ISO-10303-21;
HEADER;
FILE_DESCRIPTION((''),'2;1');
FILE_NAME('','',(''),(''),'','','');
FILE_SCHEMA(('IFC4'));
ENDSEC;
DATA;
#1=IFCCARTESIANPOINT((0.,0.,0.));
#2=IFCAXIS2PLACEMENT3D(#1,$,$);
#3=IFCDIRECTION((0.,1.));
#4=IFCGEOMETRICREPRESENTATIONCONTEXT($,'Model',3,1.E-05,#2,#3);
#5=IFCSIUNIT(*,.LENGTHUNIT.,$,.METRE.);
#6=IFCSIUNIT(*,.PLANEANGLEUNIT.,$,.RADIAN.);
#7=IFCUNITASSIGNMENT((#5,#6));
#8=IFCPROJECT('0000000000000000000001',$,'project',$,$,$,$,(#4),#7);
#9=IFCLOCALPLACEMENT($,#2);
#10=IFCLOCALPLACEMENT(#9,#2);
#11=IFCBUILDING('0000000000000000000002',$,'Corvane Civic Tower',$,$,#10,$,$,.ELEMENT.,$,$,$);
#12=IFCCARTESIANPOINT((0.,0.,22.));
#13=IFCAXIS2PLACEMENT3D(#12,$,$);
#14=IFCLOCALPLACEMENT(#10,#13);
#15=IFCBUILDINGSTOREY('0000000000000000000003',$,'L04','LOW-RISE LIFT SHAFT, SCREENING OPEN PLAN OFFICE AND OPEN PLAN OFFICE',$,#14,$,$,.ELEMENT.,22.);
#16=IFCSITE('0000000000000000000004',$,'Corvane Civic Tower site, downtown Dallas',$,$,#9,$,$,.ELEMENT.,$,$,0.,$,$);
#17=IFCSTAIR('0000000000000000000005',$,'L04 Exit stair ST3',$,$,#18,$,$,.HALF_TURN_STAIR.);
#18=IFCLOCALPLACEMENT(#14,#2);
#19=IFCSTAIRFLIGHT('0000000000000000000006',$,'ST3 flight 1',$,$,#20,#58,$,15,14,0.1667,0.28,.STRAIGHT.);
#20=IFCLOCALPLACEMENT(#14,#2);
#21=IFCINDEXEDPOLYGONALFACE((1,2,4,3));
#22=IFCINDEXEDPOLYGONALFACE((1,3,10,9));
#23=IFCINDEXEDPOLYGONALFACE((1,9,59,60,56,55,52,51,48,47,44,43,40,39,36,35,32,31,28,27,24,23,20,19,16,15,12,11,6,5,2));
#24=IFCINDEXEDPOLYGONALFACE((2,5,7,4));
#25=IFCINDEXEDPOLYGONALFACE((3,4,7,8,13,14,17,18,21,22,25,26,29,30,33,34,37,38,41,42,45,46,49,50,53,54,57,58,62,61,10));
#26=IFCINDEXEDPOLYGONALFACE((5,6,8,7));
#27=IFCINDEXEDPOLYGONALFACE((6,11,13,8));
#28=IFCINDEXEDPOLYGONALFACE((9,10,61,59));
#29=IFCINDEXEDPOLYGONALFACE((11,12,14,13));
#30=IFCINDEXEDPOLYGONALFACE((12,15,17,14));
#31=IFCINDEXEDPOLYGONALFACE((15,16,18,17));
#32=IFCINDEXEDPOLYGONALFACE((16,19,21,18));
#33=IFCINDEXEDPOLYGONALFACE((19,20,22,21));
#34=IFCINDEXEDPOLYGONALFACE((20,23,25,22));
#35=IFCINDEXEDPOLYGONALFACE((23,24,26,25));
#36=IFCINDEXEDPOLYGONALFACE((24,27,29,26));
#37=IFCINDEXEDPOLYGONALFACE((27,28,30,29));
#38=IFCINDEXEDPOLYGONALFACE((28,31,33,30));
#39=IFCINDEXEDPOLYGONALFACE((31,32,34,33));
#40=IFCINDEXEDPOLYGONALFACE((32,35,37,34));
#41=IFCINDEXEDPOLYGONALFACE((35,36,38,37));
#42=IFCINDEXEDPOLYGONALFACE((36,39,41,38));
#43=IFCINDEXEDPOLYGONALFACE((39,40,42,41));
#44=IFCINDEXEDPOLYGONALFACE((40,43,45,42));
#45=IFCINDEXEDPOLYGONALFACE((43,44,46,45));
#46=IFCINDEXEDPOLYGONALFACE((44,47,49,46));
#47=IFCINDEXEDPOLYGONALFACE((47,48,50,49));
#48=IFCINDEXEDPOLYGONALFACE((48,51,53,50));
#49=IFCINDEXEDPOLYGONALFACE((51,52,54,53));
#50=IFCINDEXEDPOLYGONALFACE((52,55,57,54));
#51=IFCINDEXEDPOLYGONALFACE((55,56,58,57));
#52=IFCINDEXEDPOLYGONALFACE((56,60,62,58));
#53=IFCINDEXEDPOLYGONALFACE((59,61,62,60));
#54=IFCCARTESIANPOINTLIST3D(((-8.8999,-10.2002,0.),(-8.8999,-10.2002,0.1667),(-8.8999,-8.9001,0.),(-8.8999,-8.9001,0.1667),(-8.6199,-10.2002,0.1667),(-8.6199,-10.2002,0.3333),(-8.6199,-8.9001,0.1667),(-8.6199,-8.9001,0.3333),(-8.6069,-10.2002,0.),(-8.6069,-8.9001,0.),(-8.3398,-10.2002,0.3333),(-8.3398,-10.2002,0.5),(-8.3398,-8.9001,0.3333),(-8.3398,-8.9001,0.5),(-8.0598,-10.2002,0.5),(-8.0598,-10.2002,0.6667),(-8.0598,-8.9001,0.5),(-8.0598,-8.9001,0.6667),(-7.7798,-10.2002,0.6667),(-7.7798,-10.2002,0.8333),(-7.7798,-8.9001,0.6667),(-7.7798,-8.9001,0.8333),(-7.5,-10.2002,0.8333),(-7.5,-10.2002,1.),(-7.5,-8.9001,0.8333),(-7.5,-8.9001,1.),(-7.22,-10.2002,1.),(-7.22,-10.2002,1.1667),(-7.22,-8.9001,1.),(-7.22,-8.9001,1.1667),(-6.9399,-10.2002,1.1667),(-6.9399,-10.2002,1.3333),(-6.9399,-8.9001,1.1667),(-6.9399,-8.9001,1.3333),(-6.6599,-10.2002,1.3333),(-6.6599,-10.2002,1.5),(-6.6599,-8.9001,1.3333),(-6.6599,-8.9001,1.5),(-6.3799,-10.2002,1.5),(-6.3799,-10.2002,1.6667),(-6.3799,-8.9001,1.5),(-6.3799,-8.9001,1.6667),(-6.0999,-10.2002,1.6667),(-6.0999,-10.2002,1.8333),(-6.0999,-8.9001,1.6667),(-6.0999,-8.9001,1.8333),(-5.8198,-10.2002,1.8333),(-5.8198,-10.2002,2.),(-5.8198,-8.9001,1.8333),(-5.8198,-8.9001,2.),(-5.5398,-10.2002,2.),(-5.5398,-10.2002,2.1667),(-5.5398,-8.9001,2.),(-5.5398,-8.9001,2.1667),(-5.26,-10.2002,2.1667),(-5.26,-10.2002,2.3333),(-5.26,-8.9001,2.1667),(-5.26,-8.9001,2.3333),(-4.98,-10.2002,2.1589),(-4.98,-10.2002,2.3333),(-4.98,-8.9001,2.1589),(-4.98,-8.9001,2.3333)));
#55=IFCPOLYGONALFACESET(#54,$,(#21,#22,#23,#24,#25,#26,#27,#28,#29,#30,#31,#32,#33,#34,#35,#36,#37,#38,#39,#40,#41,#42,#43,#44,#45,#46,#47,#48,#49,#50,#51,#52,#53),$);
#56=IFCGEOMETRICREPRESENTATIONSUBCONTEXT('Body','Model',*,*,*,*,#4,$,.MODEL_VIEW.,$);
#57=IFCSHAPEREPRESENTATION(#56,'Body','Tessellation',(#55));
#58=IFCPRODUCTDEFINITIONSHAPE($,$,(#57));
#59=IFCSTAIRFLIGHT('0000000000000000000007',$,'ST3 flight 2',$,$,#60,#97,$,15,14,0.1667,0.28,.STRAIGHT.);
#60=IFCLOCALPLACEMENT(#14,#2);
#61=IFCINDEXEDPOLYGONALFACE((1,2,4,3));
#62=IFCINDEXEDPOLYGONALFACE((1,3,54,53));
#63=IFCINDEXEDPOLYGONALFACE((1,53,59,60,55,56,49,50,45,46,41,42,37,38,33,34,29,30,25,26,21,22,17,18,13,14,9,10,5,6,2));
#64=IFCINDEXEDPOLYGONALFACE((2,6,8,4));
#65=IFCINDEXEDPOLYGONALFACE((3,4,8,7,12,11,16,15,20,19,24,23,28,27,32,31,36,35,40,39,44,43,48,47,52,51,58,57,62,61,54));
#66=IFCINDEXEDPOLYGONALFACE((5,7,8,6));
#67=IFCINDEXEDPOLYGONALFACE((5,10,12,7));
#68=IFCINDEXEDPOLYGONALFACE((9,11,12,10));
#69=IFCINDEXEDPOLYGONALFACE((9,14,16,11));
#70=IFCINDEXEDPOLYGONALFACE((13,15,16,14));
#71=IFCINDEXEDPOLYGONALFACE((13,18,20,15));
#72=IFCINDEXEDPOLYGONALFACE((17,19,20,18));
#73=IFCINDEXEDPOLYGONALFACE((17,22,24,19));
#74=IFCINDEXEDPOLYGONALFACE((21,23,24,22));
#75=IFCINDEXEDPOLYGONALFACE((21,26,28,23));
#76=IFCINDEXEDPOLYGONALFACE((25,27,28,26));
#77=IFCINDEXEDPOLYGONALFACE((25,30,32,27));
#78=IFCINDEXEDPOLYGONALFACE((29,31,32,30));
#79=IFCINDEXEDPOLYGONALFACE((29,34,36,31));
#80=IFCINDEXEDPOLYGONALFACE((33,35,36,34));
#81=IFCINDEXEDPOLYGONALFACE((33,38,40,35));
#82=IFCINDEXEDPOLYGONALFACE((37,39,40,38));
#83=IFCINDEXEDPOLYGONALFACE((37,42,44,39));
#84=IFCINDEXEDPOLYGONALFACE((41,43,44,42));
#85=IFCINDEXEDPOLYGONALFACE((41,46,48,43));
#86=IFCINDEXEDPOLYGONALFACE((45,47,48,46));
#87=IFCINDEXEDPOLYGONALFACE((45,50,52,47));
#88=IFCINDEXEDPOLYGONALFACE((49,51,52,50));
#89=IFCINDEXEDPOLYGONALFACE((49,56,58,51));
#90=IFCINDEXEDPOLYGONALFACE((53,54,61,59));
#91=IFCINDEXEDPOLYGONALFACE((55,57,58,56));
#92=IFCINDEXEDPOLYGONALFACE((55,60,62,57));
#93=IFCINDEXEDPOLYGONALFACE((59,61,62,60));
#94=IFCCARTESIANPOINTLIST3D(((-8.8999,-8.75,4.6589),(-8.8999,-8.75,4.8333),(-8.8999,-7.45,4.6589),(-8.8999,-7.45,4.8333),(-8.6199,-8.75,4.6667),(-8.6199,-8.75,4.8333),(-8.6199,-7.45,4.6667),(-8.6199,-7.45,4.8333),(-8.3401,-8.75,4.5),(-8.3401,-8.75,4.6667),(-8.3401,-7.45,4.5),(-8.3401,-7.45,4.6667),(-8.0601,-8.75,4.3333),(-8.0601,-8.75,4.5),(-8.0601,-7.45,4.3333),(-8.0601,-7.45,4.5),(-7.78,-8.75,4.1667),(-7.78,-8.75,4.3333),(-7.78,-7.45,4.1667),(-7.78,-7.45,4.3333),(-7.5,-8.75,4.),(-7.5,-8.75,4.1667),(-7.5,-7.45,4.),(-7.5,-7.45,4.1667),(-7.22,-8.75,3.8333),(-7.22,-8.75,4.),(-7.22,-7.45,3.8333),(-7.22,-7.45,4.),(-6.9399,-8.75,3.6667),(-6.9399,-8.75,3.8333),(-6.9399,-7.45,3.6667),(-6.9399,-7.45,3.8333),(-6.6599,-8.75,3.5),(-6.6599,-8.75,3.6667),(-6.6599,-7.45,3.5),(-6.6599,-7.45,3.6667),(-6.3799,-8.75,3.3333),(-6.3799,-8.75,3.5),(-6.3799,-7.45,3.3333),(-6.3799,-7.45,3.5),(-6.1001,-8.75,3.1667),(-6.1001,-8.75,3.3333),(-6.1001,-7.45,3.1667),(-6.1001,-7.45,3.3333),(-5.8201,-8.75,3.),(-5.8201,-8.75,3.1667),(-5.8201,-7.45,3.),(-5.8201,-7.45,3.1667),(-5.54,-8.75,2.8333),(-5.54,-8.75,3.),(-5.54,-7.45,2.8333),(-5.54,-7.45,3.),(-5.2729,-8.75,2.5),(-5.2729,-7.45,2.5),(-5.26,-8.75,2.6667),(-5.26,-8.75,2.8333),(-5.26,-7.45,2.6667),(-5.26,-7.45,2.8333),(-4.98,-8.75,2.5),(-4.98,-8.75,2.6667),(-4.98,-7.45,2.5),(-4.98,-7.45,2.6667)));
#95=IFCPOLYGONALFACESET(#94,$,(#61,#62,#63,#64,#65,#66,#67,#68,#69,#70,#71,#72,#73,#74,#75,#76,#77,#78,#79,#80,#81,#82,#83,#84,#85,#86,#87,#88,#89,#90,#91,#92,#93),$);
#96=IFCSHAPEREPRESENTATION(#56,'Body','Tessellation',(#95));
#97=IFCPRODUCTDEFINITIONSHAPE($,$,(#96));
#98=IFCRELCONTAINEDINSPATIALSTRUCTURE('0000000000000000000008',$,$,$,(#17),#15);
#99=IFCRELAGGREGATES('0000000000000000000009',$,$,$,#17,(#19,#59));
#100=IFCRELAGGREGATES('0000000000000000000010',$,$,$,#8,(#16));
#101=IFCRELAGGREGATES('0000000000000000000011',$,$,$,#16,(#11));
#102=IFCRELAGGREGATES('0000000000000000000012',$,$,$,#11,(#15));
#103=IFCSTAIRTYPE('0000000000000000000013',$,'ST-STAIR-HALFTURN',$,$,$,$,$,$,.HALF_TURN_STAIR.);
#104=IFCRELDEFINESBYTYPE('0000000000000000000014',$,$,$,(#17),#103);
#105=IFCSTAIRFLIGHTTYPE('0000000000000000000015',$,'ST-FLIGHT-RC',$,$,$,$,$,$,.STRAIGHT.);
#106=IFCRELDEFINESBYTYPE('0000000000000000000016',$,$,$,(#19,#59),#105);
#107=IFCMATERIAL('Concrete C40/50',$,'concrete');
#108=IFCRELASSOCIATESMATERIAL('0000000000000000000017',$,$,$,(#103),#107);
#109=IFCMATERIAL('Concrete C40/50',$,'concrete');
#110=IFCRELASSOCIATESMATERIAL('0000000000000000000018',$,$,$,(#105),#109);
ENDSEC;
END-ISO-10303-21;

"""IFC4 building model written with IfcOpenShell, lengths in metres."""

from ifc_helpers import new_model, si_unit, direction, frame, origin, place, context, subcontext, project, spatial, polyline, outline, extrude, material, type_object, element, aggregate, save


model = new_model("IFC4")

# Units and contexts
model_context = context("Model", 3, precision=1e-05, world=origin(), true_north=direction((0.0, 1.0)))
body_context = subcontext(model_context, "Body", "Model", "MODEL_VIEW")
ifc_project = project(units=[si_unit("LENGTHUNIT", "METRE"), si_unit("PLANEANGLEUNIT", "RADIAN")], contexts=[model_context])

# Site, building, storey
site_placement = place(None, origin())
site = spatial("IfcSite", under=ifc_project, at=site_placement, Name="Corvane Civic Tower site, downtown Dallas", CompositionType="ELEMENT", RefElevation=0.0)
building_placement = place(site_placement, origin())
building = spatial("IfcBuilding", under=site, at=building_placement, Name="Corvane Civic Tower", CompositionType="ELEMENT")
storey_placement = place(building_placement, frame((0.0, 0.0, 22.0)))
storey = spatial("IfcBuildingStorey", under=building, at=storey_placement, Name="L04", Description="LOW-RISE LIFT SHAFT, SCREENING OPEN PLAN OFFICE AND OPEN PLAN OFFICE", CompositionType="ELEMENT", Elevation=22.0)

# Stair, stair flights
ifc_material_1 = material(Name="Concrete C40/50", Category="concrete")
stair_type = type_object("IfcStairType", Name="ST-STAIR-HALFTURN", PredefinedType="HALF_TURN_STAIR", material=ifc_material_1)
stair_placement = place(storey_placement, origin())
stair = element("IfcStair", 1, at=stair_placement, inside=storey, type_object=stair_type, Name="L04 Exit stair ST3", PredefinedType="HALF_TURN_STAIR")
ifc_material_2 = material(Name="Concrete C40/50", Category="concrete")
stair_flight_type = type_object("IfcStairFlightType", Name="ST-FLIGHT-RC", PredefinedType="STRAIGHT", material=ifc_material_2)
stair_flight_1_placement = place(storey_placement, frame((-8.8999, -9.55, 0.0), z_axis=(0.0, 0.0, 1.0), x_axis=(1.0, 0.0, 0.0)))
stair_flight_1 = element("IfcStairFlight", 2, at=stair_flight_1_placement, type_object=stair_flight_type, Name="ST3 flight 1", NumberOfRisers=15, NumberOfTreads=14, PredefinedType="STRAIGHT", RiserHeight=0.1667, TreadLength=0.28, context=body_context, shape_type="SweptSolid", body=[
    extrude(outline(polyline([(0.0, 0.0), (0.0, 0.1667), (0.28, 0.1667), (0.28, 0.3333), (0.5601, 0.3333), (0.5601, 0.5), (0.8401, 0.5), (0.8401, 0.6667), (1.1201, 0.6667), (1.1201, 0.8333), (1.3999, 0.8333), (1.3999, 1.0), (1.6799, 1.0), (1.6799, 1.1667), (1.96, 1.1667), (1.96, 1.3333), (2.24, 1.3333), (2.24, 1.5), (2.52, 1.5), (2.52, 1.6667), (2.8, 1.6667), (2.8, 1.8333), (3.0801, 1.8333), (3.0801, 2.0), (3.3601, 2.0), (3.3601, 2.1667), (3.6399, 2.1667), (3.6399, 2.3333), (3.9199, 2.3333), (3.9199, 2.5), (3.9199, 2.1589), (0.293, 0.0), (0.0, 0.0)])), frame((0.0, 0.6499, 0.0), z_axis=(0.0, -1.0, 0.0), x_axis=(1.0, 0.0, 0.0)), (0.0, 0.0, 1.0), 1.3),
])
stair_flight_2_placement = place(storey_placement, frame((-4.98, -8.1001, 2.5), z_axis=(0.0, 0.0, 1.0), x_axis=(-1.0, 0.0, 0.0)))
stair_flight_2 = element("IfcStairFlight", 3, at=stair_flight_2_placement, type_object=stair_flight_type, Name="ST3 flight 2", NumberOfRisers=15, NumberOfTreads=14, PredefinedType="STRAIGHT", RiserHeight=0.1667, TreadLength=0.28, context=body_context, shape_type="SweptSolid", body=[
    extrude(outline(polyline([(0.0, 0.0), (0.0, 0.1667), (0.28, 0.1667), (0.28, 0.3333), (0.5601, 0.3333), (0.5601, 0.5), (0.8401, 0.5), (0.8401, 0.6667), (1.1201, 0.6667), (1.1201, 0.8333), (1.3999, 0.8333), (1.3999, 1.0), (1.6799, 1.0), (1.6799, 1.1667), (1.96, 1.1667), (1.96, 1.3333), (2.24, 1.3333), (2.24, 1.5), (2.52, 1.5), (2.52, 1.6667), (2.8, 1.6667), (2.8, 1.8333), (3.0801, 1.8333), (3.0801, 2.0), (3.3601, 2.0), (3.3601, 2.1667), (3.6399, 2.1667), (3.6399, 2.3333), (3.9199, 2.3333), (3.9199, 2.5), (3.9199, 2.1589), (0.293, 0.0), (0.0, 0.0)])), frame((0.0, 0.6499, 0.0), z_axis=(0.0, -1.0, 0.0), x_axis=(1.0, 0.0, 0.0)), (0.0, 0.0, 1.0), 1.3),
])
aggregate(stair, [stair_flight_1, stair_flight_2])

save(model, "model.ifc")
